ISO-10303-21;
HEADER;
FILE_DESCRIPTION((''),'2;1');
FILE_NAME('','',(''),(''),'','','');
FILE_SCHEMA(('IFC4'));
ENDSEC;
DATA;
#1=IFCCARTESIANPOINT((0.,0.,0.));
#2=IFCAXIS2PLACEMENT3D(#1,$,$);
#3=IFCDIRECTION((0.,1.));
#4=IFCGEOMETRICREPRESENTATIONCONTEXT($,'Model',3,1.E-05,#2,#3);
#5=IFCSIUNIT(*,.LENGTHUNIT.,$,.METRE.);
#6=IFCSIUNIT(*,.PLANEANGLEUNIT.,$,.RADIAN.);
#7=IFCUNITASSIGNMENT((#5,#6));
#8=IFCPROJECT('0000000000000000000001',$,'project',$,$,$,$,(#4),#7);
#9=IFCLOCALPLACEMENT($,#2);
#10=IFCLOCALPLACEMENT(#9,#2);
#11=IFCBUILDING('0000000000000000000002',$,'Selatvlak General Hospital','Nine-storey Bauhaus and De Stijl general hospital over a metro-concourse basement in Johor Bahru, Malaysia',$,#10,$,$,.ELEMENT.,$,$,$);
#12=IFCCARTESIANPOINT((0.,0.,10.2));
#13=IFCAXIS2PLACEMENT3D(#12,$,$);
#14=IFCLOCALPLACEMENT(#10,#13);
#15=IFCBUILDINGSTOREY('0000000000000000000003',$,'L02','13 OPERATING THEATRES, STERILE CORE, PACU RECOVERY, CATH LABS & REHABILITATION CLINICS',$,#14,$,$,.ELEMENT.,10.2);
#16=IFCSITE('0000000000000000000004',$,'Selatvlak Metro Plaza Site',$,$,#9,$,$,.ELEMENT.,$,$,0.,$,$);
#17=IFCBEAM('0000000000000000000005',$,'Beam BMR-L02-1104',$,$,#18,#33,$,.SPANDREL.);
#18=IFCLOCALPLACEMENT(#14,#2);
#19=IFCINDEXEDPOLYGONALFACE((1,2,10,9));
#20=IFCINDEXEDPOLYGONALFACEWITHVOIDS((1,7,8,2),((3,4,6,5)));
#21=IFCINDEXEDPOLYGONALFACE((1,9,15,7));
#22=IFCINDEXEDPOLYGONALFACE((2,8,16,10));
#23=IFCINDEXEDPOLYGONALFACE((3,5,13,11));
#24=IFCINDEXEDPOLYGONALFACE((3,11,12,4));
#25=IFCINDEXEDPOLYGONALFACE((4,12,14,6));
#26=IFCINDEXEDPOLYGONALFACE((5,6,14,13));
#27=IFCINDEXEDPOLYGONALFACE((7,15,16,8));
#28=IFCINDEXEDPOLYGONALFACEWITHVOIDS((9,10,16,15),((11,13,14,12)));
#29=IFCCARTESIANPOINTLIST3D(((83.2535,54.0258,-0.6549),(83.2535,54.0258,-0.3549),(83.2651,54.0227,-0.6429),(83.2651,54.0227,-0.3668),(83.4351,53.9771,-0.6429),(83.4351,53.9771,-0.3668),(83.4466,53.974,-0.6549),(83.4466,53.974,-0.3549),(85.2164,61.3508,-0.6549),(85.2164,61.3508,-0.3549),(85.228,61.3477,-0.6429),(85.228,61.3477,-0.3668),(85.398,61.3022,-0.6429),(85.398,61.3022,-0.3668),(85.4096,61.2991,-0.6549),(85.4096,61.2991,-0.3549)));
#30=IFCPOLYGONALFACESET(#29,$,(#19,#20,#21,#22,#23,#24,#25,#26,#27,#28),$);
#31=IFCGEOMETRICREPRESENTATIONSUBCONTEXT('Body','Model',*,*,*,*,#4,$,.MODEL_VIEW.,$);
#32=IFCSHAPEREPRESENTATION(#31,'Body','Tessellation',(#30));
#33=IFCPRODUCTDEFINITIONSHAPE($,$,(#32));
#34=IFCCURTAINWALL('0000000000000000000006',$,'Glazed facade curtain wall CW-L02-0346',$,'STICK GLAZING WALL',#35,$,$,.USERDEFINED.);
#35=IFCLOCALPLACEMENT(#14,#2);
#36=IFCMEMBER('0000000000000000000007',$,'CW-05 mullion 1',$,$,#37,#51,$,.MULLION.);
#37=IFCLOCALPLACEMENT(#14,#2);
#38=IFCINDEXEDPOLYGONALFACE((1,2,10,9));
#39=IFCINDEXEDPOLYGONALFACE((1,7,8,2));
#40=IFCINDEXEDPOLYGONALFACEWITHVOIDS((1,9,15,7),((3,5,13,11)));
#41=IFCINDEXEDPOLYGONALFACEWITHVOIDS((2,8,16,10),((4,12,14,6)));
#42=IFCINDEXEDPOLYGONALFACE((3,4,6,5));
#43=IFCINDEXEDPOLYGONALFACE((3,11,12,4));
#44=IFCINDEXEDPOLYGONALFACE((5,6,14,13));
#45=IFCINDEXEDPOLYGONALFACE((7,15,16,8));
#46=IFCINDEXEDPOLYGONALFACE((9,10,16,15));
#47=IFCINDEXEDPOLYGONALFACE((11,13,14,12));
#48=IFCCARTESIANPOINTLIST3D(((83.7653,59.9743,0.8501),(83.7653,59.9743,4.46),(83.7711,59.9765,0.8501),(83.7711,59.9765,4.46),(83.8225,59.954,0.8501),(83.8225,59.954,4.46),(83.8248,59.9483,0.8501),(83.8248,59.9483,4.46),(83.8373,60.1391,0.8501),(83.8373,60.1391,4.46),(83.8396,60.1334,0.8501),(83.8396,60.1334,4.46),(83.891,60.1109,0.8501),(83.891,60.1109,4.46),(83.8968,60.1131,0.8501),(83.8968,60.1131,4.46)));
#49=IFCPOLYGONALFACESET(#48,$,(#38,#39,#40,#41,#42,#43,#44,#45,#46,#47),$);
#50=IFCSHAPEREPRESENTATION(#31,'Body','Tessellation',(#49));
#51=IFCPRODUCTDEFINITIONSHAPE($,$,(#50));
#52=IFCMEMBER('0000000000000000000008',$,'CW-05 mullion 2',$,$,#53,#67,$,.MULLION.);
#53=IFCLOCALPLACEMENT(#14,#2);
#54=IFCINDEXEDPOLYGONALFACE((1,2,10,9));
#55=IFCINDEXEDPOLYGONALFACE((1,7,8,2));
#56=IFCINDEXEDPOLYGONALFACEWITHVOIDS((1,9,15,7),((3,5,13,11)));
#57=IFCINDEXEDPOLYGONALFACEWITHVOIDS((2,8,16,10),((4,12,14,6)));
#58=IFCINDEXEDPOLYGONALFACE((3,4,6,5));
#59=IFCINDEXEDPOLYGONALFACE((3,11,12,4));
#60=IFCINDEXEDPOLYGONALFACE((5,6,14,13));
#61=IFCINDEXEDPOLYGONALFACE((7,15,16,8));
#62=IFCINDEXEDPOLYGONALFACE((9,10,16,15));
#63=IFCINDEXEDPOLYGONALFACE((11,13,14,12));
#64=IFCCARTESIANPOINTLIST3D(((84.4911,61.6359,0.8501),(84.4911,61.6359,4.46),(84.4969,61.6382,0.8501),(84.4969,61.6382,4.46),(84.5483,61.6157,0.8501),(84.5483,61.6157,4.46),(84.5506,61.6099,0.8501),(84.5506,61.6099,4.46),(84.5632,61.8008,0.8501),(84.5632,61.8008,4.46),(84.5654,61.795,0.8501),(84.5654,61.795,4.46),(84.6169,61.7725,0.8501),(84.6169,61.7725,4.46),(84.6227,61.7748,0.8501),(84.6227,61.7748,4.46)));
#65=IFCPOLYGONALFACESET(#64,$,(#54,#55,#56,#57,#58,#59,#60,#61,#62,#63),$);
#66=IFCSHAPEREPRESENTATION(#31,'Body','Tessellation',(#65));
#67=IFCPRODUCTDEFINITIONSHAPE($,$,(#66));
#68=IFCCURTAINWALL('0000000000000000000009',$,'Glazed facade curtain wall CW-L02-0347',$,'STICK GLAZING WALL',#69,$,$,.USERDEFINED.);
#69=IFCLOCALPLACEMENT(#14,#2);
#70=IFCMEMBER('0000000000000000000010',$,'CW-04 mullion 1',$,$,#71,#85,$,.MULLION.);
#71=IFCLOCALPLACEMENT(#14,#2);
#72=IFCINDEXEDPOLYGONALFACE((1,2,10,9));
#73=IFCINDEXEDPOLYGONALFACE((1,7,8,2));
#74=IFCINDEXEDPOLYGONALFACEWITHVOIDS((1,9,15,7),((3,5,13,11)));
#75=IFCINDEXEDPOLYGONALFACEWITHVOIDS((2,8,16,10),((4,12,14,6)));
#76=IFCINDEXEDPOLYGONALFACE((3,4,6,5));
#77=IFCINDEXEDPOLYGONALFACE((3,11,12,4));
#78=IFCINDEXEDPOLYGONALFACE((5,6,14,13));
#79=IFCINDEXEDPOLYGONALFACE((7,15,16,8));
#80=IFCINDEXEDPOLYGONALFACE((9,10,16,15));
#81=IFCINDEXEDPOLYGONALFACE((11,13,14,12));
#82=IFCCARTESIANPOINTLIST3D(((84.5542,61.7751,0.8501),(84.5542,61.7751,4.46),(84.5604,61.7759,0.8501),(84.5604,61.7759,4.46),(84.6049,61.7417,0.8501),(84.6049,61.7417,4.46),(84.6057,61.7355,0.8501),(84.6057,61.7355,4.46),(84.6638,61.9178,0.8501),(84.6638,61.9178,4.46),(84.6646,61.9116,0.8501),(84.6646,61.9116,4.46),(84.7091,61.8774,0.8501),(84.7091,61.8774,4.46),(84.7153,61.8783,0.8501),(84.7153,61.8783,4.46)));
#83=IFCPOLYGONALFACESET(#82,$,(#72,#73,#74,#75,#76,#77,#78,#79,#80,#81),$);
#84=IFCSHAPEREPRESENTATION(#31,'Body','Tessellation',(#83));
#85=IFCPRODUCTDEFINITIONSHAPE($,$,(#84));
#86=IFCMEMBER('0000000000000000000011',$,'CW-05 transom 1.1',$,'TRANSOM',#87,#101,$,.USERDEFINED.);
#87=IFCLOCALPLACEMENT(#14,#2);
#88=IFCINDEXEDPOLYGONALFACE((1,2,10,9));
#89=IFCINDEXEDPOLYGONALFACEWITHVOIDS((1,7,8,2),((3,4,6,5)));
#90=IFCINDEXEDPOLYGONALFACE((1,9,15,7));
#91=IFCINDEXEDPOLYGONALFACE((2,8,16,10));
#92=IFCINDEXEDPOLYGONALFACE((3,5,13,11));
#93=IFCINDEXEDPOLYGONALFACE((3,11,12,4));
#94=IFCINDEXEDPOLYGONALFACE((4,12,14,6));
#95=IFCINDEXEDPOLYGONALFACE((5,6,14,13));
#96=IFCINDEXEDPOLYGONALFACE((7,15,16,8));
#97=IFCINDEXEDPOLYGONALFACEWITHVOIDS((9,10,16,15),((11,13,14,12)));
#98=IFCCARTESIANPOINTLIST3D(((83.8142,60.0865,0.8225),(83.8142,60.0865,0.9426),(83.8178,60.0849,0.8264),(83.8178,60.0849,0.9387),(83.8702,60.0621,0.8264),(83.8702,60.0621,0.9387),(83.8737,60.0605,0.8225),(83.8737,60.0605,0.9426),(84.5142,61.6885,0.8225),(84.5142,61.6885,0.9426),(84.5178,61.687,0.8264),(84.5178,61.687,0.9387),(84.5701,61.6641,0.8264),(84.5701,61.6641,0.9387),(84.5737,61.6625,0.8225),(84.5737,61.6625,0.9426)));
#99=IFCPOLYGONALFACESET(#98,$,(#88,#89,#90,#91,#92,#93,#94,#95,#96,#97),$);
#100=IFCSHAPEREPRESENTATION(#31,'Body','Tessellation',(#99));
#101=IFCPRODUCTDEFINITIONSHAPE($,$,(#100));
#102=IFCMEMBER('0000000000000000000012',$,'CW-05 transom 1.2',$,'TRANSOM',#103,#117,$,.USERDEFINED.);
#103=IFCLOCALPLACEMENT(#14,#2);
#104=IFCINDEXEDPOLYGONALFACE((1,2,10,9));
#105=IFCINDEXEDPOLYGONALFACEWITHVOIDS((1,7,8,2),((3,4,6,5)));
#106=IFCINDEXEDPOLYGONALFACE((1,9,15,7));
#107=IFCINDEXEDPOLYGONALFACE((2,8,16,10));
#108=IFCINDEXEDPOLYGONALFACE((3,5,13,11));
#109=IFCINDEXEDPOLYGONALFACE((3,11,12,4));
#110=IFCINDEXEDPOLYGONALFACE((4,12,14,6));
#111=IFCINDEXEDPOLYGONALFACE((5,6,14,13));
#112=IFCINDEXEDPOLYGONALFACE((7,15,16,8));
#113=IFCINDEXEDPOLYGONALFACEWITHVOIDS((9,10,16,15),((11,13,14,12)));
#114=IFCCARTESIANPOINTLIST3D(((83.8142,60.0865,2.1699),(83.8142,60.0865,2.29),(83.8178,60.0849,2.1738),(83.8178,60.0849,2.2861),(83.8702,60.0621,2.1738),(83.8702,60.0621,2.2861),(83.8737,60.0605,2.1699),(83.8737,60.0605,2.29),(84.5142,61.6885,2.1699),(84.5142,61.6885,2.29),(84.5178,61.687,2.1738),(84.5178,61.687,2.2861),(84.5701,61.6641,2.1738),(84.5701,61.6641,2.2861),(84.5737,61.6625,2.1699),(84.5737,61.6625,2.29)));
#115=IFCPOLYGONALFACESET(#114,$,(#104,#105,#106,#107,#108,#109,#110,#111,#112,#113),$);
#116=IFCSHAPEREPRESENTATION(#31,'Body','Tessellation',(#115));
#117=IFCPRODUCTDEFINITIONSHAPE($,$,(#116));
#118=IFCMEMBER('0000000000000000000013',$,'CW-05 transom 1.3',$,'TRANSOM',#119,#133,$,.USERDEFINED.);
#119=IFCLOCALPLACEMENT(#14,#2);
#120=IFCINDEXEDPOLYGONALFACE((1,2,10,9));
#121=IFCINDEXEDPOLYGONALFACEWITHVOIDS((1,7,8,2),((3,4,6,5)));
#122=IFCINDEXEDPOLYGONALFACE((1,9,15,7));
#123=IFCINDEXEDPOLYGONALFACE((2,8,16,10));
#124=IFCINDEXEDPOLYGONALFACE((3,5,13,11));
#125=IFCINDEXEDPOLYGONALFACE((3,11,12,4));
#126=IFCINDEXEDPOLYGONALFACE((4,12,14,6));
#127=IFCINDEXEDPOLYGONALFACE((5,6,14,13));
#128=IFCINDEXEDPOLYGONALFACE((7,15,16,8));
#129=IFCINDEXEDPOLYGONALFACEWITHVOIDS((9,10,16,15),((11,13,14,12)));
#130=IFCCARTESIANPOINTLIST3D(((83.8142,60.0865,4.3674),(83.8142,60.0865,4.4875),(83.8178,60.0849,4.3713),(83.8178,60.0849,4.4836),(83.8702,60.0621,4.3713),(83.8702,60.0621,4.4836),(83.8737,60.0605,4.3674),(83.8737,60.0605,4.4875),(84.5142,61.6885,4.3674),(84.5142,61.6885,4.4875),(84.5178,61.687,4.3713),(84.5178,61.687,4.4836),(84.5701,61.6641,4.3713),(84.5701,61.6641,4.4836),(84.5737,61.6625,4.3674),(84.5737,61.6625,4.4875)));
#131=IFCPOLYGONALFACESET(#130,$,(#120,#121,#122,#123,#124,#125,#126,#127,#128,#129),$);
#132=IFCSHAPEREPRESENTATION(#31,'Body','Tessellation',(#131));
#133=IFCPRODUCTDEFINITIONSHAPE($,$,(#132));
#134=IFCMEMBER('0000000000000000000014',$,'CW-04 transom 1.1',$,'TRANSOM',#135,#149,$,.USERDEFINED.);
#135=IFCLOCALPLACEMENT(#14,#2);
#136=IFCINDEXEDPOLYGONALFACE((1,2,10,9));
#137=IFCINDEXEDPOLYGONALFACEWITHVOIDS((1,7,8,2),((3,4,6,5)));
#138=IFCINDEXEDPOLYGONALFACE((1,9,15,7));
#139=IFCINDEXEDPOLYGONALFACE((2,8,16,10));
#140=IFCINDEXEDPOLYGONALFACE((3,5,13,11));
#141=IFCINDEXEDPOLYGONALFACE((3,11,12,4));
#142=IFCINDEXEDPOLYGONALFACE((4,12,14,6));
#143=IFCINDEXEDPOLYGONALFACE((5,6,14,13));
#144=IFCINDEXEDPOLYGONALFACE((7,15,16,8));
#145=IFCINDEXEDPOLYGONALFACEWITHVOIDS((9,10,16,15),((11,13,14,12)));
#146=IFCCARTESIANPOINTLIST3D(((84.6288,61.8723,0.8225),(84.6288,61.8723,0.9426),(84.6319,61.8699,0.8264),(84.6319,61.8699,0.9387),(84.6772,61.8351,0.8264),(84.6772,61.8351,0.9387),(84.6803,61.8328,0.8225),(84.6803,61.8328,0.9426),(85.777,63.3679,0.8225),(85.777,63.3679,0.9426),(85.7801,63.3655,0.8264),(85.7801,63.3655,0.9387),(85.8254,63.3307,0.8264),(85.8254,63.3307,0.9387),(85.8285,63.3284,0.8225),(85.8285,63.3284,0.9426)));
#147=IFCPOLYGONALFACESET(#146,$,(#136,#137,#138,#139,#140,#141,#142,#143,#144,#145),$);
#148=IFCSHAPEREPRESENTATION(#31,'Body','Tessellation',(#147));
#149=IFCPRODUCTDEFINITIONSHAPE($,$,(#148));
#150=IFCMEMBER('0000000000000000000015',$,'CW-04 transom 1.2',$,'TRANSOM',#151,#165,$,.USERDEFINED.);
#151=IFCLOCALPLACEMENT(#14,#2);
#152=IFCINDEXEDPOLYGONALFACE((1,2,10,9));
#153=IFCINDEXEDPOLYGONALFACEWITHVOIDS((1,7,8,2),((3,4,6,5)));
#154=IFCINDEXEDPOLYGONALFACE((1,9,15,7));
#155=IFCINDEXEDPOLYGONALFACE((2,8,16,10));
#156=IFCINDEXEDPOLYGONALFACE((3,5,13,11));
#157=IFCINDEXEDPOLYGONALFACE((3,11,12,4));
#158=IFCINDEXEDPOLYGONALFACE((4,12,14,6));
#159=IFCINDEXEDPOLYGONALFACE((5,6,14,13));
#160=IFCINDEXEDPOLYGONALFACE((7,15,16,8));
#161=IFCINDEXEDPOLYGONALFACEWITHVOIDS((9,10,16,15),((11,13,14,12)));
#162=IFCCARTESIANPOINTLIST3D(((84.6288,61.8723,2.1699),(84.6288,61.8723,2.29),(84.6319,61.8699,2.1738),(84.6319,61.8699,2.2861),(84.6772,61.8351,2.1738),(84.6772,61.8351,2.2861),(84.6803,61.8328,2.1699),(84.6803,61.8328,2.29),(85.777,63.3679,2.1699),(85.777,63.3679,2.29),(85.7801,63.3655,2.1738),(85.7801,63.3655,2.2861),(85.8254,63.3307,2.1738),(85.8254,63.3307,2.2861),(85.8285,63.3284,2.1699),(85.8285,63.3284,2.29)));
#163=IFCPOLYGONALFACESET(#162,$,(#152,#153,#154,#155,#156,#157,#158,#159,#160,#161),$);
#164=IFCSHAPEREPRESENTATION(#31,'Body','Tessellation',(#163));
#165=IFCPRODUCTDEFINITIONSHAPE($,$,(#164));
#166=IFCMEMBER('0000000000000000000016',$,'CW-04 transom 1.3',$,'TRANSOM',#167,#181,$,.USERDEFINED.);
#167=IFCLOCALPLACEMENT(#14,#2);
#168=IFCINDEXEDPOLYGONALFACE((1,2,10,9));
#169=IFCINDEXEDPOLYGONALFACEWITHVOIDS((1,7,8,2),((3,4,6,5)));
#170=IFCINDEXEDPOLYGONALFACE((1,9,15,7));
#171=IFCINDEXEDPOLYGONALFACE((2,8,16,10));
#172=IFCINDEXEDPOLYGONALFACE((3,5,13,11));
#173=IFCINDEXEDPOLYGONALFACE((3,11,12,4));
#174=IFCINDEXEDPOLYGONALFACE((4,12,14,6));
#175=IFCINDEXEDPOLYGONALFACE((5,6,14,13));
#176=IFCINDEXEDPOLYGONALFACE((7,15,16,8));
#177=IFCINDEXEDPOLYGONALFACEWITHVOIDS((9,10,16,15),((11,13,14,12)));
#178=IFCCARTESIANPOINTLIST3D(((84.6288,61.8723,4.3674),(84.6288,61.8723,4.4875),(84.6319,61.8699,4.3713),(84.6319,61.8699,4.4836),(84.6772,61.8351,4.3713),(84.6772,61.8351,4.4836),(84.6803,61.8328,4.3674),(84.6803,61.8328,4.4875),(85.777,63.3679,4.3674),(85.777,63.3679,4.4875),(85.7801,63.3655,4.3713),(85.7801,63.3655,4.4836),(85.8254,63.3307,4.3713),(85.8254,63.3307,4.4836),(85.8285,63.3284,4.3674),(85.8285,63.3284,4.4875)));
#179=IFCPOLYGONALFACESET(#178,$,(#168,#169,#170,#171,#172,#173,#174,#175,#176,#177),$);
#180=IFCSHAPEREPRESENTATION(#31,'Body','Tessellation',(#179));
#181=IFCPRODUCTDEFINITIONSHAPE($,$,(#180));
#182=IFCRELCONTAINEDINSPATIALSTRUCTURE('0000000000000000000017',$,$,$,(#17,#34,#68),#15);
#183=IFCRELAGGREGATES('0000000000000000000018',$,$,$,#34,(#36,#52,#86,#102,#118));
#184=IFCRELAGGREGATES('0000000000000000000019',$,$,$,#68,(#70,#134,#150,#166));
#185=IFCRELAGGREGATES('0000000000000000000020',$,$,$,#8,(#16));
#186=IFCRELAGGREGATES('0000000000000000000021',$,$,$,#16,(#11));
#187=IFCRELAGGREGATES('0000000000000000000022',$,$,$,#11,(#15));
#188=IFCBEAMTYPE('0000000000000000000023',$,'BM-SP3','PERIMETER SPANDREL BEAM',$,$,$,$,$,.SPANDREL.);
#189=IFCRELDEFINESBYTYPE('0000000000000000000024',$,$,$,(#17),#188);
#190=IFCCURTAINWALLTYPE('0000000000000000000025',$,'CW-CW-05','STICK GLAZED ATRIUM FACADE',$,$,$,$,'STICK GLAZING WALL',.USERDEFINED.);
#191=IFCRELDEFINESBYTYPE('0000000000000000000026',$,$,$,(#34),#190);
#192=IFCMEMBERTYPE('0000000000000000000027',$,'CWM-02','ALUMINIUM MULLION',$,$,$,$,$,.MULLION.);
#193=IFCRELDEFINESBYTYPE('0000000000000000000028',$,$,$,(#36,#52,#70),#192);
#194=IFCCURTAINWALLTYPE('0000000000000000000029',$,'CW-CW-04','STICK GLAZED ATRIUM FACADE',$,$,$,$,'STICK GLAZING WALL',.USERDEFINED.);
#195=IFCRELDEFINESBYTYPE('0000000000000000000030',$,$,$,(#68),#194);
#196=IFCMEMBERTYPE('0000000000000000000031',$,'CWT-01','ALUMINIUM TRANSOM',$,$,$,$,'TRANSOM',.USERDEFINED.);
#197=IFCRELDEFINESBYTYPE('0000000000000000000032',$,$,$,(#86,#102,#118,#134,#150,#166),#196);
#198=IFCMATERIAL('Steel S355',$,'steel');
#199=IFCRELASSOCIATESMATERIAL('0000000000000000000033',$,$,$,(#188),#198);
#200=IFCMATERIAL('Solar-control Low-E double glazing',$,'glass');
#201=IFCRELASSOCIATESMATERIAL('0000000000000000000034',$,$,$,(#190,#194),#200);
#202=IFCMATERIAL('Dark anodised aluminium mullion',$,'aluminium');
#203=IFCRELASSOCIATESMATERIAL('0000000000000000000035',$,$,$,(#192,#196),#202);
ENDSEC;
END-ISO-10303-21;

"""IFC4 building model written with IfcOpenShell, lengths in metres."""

from ifc_helpers import new_model, si_unit, direction, frame, origin, origin_2d, place, context, subcontext, project, spatial, hollow_rectangle, extrude, material, material_profile, profile_set, type_object, element, aggregate, save


model = new_model("IFC4")

# Units and contexts
model_context = context("Model", 3, precision=1e-05, world=origin(), true_north=direction((0.0, 1.0)))
body_context = subcontext(model_context, "Body", "Model", "MODEL_VIEW")
ifc_project = project(units=[si_unit("LENGTHUNIT", "METRE"), si_unit("PLANEANGLEUNIT", "RADIAN")], contexts=[model_context])

# Site, building, storey
site_placement = place(None, origin())
site = spatial("IfcSite", under=ifc_project, at=site_placement, Name="Selatvlak Metro Plaza Site", CompositionType="ELEMENT", RefElevation=0.0)
building_placement = place(site_placement, origin())
building = spatial("IfcBuilding", under=site, at=building_placement, Name="Selatvlak General Hospital", Description="Nine-storey Bauhaus and De Stijl general hospital over a metro-concourse basement in Johor Bahru, Malaysia", CompositionType="ELEMENT")
storey_placement = place(building_placement, frame((0.0, 0.0, 10.2)))
storey = spatial("IfcBuildingStorey", under=building, at=storey_placement, Name="L02", Description="13 OPERATING THEATRES, STERILE CORE, PACU RECOVERY, CATH LABS & REHABILITATION CLINICS", CompositionType="ELEMENT", Elevation=10.2)

# Beam
ifc_material_1 = material(Name="Steel S355", Category="steel")
ifc_material_profile_1 = material_profile(ifc_material_1, hollow_rectangle(XDim=0.2, YDim=0.3, WallThickness=0.012, at=origin_2d()), Name="RHS 300x200x12")
ifc_profile_set_1 = profile_set([ifc_material_profile_1], Name="Steel S355")
beam_type = type_object("IfcBeamType", Name="BM-SP3", Description="PERIMETER SPANDREL BEAM", PredefinedType="SPANDREL", material=ifc_profile_set_1)
beam_placement = place(storey_placement, frame((85.313, 61.325, -0.5049), z_axis=(-0.258841, -0.96592, 0.0), x_axis=(0.96592, -0.258841, 0.0)))
element("IfcBeam", 1, at=beam_placement, inside=storey, type_object=beam_type, Name="Beam BMR-L02-1104", PredefinedType="SPANDREL", context=body_context, shape_type="SweptSolid", body=[
    extrude(hollow_rectangle(XDim=0.2, YDim=0.3, WallThickness=0.012, at=origin_2d()), origin(), (0.0, 0.0, 1.0), 7.5835),
])

# Curtain wall, members
ifc_material_2 = material(Name="Solar-control Low-E double glazing", Category="glass")
curtain_wall_type_1 = type_object("IfcCurtainWallType", Name="CW-CW-05", Description="STICK GLAZED ATRIUM FACADE", ElementType="STICK GLAZING WALL", PredefinedType="USERDEFINED", material=ifc_material_2)
curtain_wall_1_placement = place(storey_placement, origin())
curtain_wall_1 = element("IfcCurtainWall", 2, at=curtain_wall_1_placement, inside=storey, type_object=curtain_wall_type_1, Name="Glazed facade curtain wall CW-L02-0346", ObjectType="STICK GLAZING WALL", PredefinedType="USERDEFINED")
ifc_material_3 = material(Name="Dark anodised aluminium mullion", Category="aluminium")
ifc_material_profile_2 = material_profile(ifc_material_3, hollow_rectangle(XDim=0.0649, YDim=0.1799, WallThickness=0.0044, at=origin_2d()), Name="AL-MUL 65x180x4.5")
ifc_profile_set_2 = profile_set([ifc_material_profile_2], Name="Dark anodised aluminium mullion")
member_type_1 = type_object("IfcMemberType", Name="CWM-02", Description="ALUMINIUM MULLION", PredefinedType="MULLION", material=ifc_profile_set_2)
member_1_placement = place(storey_placement, frame((83.8311, 60.0437, 0.8501), z_axis=(0.0, 0.0, 1.0), x_axis=(-0.916341, 0.4004, 0.0)))
member_1 = element("IfcMember", 3, at=member_1_placement, type_object=member_type_1, Name="CW-05 mullion 1", PredefinedType="MULLION", context=body_context, shape_type="SweptSolid", body=[
    extrude(hollow_rectangle(XDim=0.0649, YDim=0.1799, WallThickness=0.0044, at=origin_2d()), origin(), (0.0, 0.0, 1.0), 3.6099),
])
member_2_placement = place(storey_placement, frame((84.5569, 61.7053, 0.8501), z_axis=(0.0, 0.0, 1.0), x_axis=(-0.916341, 0.4004, 0.0)))
member_2 = element("IfcMember", 4, at=member_2_placement, type_object=member_type_1, Name="CW-05 mullion 2", PredefinedType="MULLION", context=body_context, shape_type="SweptSolid", body=[
    extrude(hollow_rectangle(XDim=0.0649, YDim=0.1799, WallThickness=0.0044, at=origin_2d()), origin(), (0.0, 0.0, 1.0), 3.6099),
])

# Curtain wall, member
curtain_wall_type_2 = type_object("IfcCurtainWallType", Name="CW-CW-04", Description="STICK GLAZED ATRIUM FACADE", ElementType="STICK GLAZING WALL", PredefinedType="USERDEFINED", material=ifc_material_2)
curtain_wall_2_placement = place(storey_placement, origin())
curtain_wall_2 = element("IfcCurtainWall", 5, at=curtain_wall_2_placement, inside=storey, type_object=curtain_wall_type_2, Name="Glazed facade curtain wall CW-L02-0347", ObjectType="STICK GLAZING WALL", PredefinedType="USERDEFINED")
member_3_placement = place(storey_placement, frame((84.6348, 61.8267, 0.8501), z_axis=(0.0, 0.0, 1.0), x_axis=(-0.793233, 0.608918, 0.0)))
member_3 = element("IfcMember", 6, at=member_3_placement, type_object=member_type_1, Name="CW-04 mullion 1", PredefinedType="MULLION", context=body_context, shape_type="SweptSolid", body=[
    extrude(hollow_rectangle(XDim=0.0649, YDim=0.1799, WallThickness=0.0044, at=origin_2d()), origin(), (0.0, 0.0, 1.0), 3.6099),
])

# Members
ifc_material_profile_3 = material_profile(ifc_material_3, hollow_rectangle(XDim=0.0649, YDim=0.1201, WallThickness=0.0039, at=origin_2d()), Name="AL-TRN 65x120x4")
ifc_profile_set_3 = profile_set([ifc_material_profile_3], Name="Dark anodised aluminium mullion")
member_type_2 = type_object("IfcMemberType", Name="CWT-01", Description="ALUMINIUM TRANSOM", ElementType="TRANSOM", PredefinedType="USERDEFINED", material=ifc_profile_set_3)
member_4_placement = place(storey_placement, frame((83.844, 60.0735, 0.8826), z_axis=(0.400365, 0.916356, 0.0), x_axis=(-0.916356, 0.400365, 0.0)))
member_4 = element("IfcMember", 7, at=member_4_placement, type_object=member_type_2, Name="CW-05 transom 1.1", ObjectType="TRANSOM", PredefinedType="USERDEFINED", context=body_context, shape_type="SweptSolid", body=[
    extrude(hollow_rectangle(XDim=0.0649, YDim=0.1201, WallThickness=0.0039, at=origin_2d()), origin(), (0.0, 0.0, 1.0), 1.7483),
])
member_5_placement = place(storey_placement, frame((83.844, 60.0735, 2.23), z_axis=(0.400365, 0.916356, 0.0), x_axis=(-0.916356, 0.400365, 0.0)))
member_5 = element("IfcMember", 8, at=member_5_placement, type_object=member_type_2, Name="CW-05 transom 1.2", ObjectType="TRANSOM", PredefinedType="USERDEFINED", context=body_context, shape_type="SweptSolid", body=[
    extrude(hollow_rectangle(XDim=0.0649, YDim=0.1201, WallThickness=0.0039, at=origin_2d()), origin(), (0.0, 0.0, 1.0), 1.7483),
])
member_6_placement = place(storey_placement, frame((83.844, 60.0735, 4.4275), z_axis=(0.400365, 0.916356, 0.0), x_axis=(-0.916356, 0.400365, 0.0)))
member_6 = element("IfcMember", 9, at=member_6_placement, type_object=member_type_2, Name="CW-05 transom 1.3", ObjectType="TRANSOM", PredefinedType="USERDEFINED", context=body_context, shape_type="SweptSolid", body=[
    extrude(hollow_rectangle(XDim=0.0649, YDim=0.1201, WallThickness=0.0039, at=origin_2d()), origin(), (0.0, 0.0, 1.0), 1.7483),
])
member_7_placement = place(storey_placement, frame((84.6545, 61.8525, 0.8826), z_axis=(0.608953, 0.793206, 0.0), x_axis=(-0.793206, 0.608953, 0.0)))
member_7 = element("IfcMember", 10, at=member_7_placement, type_object=member_type_2, Name="CW-04 transom 1.1", ObjectType="TRANSOM", PredefinedType="USERDEFINED", context=body_context, shape_type="SweptSolid", body=[
    extrude(hollow_rectangle(XDim=0.0649, YDim=0.1201, WallThickness=0.0039, at=origin_2d()), origin(), (0.0, 0.0, 1.0), 1.8855),
])
member_8_placement = place(storey_placement, frame((84.6545, 61.8525, 2.23), z_axis=(0.608953, 0.793206, 0.0), x_axis=(-0.793206, 0.608953, 0.0)))
member_8 = element("IfcMember", 11, at=member_8_placement, type_object=member_type_2, Name="CW-04 transom 1.2", ObjectType="TRANSOM", PredefinedType="USERDEFINED", context=body_context, shape_type="SweptSolid", body=[
    extrude(hollow_rectangle(XDim=0.0649, YDim=0.1201, WallThickness=0.0039, at=origin_2d()), origin(), (0.0, 0.0, 1.0), 1.8855),
])
member_9_placement = place(storey_placement, frame((84.6545, 61.8525, 4.4275), z_axis=(0.608953, 0.793206, 0.0), x_axis=(-0.793206, 0.608953, 0.0)))
member_9 = element("IfcMember", 12, at=member_9_placement, type_object=member_type_2, Name="CW-04 transom 1.3", ObjectType="TRANSOM", PredefinedType="USERDEFINED", context=body_context, shape_type="SweptSolid", body=[
    extrude(hollow_rectangle(XDim=0.0649, YDim=0.1201, WallThickness=0.0039, at=origin_2d()), origin(), (0.0, 0.0, 1.0), 1.8855),
])

aggregate(curtain_wall_1, [member_1, member_2, member_4, member_5, member_6])
aggregate(curtain_wall_2, [member_3, member_7, member_8, member_9])

save(model, "model.ifc")
